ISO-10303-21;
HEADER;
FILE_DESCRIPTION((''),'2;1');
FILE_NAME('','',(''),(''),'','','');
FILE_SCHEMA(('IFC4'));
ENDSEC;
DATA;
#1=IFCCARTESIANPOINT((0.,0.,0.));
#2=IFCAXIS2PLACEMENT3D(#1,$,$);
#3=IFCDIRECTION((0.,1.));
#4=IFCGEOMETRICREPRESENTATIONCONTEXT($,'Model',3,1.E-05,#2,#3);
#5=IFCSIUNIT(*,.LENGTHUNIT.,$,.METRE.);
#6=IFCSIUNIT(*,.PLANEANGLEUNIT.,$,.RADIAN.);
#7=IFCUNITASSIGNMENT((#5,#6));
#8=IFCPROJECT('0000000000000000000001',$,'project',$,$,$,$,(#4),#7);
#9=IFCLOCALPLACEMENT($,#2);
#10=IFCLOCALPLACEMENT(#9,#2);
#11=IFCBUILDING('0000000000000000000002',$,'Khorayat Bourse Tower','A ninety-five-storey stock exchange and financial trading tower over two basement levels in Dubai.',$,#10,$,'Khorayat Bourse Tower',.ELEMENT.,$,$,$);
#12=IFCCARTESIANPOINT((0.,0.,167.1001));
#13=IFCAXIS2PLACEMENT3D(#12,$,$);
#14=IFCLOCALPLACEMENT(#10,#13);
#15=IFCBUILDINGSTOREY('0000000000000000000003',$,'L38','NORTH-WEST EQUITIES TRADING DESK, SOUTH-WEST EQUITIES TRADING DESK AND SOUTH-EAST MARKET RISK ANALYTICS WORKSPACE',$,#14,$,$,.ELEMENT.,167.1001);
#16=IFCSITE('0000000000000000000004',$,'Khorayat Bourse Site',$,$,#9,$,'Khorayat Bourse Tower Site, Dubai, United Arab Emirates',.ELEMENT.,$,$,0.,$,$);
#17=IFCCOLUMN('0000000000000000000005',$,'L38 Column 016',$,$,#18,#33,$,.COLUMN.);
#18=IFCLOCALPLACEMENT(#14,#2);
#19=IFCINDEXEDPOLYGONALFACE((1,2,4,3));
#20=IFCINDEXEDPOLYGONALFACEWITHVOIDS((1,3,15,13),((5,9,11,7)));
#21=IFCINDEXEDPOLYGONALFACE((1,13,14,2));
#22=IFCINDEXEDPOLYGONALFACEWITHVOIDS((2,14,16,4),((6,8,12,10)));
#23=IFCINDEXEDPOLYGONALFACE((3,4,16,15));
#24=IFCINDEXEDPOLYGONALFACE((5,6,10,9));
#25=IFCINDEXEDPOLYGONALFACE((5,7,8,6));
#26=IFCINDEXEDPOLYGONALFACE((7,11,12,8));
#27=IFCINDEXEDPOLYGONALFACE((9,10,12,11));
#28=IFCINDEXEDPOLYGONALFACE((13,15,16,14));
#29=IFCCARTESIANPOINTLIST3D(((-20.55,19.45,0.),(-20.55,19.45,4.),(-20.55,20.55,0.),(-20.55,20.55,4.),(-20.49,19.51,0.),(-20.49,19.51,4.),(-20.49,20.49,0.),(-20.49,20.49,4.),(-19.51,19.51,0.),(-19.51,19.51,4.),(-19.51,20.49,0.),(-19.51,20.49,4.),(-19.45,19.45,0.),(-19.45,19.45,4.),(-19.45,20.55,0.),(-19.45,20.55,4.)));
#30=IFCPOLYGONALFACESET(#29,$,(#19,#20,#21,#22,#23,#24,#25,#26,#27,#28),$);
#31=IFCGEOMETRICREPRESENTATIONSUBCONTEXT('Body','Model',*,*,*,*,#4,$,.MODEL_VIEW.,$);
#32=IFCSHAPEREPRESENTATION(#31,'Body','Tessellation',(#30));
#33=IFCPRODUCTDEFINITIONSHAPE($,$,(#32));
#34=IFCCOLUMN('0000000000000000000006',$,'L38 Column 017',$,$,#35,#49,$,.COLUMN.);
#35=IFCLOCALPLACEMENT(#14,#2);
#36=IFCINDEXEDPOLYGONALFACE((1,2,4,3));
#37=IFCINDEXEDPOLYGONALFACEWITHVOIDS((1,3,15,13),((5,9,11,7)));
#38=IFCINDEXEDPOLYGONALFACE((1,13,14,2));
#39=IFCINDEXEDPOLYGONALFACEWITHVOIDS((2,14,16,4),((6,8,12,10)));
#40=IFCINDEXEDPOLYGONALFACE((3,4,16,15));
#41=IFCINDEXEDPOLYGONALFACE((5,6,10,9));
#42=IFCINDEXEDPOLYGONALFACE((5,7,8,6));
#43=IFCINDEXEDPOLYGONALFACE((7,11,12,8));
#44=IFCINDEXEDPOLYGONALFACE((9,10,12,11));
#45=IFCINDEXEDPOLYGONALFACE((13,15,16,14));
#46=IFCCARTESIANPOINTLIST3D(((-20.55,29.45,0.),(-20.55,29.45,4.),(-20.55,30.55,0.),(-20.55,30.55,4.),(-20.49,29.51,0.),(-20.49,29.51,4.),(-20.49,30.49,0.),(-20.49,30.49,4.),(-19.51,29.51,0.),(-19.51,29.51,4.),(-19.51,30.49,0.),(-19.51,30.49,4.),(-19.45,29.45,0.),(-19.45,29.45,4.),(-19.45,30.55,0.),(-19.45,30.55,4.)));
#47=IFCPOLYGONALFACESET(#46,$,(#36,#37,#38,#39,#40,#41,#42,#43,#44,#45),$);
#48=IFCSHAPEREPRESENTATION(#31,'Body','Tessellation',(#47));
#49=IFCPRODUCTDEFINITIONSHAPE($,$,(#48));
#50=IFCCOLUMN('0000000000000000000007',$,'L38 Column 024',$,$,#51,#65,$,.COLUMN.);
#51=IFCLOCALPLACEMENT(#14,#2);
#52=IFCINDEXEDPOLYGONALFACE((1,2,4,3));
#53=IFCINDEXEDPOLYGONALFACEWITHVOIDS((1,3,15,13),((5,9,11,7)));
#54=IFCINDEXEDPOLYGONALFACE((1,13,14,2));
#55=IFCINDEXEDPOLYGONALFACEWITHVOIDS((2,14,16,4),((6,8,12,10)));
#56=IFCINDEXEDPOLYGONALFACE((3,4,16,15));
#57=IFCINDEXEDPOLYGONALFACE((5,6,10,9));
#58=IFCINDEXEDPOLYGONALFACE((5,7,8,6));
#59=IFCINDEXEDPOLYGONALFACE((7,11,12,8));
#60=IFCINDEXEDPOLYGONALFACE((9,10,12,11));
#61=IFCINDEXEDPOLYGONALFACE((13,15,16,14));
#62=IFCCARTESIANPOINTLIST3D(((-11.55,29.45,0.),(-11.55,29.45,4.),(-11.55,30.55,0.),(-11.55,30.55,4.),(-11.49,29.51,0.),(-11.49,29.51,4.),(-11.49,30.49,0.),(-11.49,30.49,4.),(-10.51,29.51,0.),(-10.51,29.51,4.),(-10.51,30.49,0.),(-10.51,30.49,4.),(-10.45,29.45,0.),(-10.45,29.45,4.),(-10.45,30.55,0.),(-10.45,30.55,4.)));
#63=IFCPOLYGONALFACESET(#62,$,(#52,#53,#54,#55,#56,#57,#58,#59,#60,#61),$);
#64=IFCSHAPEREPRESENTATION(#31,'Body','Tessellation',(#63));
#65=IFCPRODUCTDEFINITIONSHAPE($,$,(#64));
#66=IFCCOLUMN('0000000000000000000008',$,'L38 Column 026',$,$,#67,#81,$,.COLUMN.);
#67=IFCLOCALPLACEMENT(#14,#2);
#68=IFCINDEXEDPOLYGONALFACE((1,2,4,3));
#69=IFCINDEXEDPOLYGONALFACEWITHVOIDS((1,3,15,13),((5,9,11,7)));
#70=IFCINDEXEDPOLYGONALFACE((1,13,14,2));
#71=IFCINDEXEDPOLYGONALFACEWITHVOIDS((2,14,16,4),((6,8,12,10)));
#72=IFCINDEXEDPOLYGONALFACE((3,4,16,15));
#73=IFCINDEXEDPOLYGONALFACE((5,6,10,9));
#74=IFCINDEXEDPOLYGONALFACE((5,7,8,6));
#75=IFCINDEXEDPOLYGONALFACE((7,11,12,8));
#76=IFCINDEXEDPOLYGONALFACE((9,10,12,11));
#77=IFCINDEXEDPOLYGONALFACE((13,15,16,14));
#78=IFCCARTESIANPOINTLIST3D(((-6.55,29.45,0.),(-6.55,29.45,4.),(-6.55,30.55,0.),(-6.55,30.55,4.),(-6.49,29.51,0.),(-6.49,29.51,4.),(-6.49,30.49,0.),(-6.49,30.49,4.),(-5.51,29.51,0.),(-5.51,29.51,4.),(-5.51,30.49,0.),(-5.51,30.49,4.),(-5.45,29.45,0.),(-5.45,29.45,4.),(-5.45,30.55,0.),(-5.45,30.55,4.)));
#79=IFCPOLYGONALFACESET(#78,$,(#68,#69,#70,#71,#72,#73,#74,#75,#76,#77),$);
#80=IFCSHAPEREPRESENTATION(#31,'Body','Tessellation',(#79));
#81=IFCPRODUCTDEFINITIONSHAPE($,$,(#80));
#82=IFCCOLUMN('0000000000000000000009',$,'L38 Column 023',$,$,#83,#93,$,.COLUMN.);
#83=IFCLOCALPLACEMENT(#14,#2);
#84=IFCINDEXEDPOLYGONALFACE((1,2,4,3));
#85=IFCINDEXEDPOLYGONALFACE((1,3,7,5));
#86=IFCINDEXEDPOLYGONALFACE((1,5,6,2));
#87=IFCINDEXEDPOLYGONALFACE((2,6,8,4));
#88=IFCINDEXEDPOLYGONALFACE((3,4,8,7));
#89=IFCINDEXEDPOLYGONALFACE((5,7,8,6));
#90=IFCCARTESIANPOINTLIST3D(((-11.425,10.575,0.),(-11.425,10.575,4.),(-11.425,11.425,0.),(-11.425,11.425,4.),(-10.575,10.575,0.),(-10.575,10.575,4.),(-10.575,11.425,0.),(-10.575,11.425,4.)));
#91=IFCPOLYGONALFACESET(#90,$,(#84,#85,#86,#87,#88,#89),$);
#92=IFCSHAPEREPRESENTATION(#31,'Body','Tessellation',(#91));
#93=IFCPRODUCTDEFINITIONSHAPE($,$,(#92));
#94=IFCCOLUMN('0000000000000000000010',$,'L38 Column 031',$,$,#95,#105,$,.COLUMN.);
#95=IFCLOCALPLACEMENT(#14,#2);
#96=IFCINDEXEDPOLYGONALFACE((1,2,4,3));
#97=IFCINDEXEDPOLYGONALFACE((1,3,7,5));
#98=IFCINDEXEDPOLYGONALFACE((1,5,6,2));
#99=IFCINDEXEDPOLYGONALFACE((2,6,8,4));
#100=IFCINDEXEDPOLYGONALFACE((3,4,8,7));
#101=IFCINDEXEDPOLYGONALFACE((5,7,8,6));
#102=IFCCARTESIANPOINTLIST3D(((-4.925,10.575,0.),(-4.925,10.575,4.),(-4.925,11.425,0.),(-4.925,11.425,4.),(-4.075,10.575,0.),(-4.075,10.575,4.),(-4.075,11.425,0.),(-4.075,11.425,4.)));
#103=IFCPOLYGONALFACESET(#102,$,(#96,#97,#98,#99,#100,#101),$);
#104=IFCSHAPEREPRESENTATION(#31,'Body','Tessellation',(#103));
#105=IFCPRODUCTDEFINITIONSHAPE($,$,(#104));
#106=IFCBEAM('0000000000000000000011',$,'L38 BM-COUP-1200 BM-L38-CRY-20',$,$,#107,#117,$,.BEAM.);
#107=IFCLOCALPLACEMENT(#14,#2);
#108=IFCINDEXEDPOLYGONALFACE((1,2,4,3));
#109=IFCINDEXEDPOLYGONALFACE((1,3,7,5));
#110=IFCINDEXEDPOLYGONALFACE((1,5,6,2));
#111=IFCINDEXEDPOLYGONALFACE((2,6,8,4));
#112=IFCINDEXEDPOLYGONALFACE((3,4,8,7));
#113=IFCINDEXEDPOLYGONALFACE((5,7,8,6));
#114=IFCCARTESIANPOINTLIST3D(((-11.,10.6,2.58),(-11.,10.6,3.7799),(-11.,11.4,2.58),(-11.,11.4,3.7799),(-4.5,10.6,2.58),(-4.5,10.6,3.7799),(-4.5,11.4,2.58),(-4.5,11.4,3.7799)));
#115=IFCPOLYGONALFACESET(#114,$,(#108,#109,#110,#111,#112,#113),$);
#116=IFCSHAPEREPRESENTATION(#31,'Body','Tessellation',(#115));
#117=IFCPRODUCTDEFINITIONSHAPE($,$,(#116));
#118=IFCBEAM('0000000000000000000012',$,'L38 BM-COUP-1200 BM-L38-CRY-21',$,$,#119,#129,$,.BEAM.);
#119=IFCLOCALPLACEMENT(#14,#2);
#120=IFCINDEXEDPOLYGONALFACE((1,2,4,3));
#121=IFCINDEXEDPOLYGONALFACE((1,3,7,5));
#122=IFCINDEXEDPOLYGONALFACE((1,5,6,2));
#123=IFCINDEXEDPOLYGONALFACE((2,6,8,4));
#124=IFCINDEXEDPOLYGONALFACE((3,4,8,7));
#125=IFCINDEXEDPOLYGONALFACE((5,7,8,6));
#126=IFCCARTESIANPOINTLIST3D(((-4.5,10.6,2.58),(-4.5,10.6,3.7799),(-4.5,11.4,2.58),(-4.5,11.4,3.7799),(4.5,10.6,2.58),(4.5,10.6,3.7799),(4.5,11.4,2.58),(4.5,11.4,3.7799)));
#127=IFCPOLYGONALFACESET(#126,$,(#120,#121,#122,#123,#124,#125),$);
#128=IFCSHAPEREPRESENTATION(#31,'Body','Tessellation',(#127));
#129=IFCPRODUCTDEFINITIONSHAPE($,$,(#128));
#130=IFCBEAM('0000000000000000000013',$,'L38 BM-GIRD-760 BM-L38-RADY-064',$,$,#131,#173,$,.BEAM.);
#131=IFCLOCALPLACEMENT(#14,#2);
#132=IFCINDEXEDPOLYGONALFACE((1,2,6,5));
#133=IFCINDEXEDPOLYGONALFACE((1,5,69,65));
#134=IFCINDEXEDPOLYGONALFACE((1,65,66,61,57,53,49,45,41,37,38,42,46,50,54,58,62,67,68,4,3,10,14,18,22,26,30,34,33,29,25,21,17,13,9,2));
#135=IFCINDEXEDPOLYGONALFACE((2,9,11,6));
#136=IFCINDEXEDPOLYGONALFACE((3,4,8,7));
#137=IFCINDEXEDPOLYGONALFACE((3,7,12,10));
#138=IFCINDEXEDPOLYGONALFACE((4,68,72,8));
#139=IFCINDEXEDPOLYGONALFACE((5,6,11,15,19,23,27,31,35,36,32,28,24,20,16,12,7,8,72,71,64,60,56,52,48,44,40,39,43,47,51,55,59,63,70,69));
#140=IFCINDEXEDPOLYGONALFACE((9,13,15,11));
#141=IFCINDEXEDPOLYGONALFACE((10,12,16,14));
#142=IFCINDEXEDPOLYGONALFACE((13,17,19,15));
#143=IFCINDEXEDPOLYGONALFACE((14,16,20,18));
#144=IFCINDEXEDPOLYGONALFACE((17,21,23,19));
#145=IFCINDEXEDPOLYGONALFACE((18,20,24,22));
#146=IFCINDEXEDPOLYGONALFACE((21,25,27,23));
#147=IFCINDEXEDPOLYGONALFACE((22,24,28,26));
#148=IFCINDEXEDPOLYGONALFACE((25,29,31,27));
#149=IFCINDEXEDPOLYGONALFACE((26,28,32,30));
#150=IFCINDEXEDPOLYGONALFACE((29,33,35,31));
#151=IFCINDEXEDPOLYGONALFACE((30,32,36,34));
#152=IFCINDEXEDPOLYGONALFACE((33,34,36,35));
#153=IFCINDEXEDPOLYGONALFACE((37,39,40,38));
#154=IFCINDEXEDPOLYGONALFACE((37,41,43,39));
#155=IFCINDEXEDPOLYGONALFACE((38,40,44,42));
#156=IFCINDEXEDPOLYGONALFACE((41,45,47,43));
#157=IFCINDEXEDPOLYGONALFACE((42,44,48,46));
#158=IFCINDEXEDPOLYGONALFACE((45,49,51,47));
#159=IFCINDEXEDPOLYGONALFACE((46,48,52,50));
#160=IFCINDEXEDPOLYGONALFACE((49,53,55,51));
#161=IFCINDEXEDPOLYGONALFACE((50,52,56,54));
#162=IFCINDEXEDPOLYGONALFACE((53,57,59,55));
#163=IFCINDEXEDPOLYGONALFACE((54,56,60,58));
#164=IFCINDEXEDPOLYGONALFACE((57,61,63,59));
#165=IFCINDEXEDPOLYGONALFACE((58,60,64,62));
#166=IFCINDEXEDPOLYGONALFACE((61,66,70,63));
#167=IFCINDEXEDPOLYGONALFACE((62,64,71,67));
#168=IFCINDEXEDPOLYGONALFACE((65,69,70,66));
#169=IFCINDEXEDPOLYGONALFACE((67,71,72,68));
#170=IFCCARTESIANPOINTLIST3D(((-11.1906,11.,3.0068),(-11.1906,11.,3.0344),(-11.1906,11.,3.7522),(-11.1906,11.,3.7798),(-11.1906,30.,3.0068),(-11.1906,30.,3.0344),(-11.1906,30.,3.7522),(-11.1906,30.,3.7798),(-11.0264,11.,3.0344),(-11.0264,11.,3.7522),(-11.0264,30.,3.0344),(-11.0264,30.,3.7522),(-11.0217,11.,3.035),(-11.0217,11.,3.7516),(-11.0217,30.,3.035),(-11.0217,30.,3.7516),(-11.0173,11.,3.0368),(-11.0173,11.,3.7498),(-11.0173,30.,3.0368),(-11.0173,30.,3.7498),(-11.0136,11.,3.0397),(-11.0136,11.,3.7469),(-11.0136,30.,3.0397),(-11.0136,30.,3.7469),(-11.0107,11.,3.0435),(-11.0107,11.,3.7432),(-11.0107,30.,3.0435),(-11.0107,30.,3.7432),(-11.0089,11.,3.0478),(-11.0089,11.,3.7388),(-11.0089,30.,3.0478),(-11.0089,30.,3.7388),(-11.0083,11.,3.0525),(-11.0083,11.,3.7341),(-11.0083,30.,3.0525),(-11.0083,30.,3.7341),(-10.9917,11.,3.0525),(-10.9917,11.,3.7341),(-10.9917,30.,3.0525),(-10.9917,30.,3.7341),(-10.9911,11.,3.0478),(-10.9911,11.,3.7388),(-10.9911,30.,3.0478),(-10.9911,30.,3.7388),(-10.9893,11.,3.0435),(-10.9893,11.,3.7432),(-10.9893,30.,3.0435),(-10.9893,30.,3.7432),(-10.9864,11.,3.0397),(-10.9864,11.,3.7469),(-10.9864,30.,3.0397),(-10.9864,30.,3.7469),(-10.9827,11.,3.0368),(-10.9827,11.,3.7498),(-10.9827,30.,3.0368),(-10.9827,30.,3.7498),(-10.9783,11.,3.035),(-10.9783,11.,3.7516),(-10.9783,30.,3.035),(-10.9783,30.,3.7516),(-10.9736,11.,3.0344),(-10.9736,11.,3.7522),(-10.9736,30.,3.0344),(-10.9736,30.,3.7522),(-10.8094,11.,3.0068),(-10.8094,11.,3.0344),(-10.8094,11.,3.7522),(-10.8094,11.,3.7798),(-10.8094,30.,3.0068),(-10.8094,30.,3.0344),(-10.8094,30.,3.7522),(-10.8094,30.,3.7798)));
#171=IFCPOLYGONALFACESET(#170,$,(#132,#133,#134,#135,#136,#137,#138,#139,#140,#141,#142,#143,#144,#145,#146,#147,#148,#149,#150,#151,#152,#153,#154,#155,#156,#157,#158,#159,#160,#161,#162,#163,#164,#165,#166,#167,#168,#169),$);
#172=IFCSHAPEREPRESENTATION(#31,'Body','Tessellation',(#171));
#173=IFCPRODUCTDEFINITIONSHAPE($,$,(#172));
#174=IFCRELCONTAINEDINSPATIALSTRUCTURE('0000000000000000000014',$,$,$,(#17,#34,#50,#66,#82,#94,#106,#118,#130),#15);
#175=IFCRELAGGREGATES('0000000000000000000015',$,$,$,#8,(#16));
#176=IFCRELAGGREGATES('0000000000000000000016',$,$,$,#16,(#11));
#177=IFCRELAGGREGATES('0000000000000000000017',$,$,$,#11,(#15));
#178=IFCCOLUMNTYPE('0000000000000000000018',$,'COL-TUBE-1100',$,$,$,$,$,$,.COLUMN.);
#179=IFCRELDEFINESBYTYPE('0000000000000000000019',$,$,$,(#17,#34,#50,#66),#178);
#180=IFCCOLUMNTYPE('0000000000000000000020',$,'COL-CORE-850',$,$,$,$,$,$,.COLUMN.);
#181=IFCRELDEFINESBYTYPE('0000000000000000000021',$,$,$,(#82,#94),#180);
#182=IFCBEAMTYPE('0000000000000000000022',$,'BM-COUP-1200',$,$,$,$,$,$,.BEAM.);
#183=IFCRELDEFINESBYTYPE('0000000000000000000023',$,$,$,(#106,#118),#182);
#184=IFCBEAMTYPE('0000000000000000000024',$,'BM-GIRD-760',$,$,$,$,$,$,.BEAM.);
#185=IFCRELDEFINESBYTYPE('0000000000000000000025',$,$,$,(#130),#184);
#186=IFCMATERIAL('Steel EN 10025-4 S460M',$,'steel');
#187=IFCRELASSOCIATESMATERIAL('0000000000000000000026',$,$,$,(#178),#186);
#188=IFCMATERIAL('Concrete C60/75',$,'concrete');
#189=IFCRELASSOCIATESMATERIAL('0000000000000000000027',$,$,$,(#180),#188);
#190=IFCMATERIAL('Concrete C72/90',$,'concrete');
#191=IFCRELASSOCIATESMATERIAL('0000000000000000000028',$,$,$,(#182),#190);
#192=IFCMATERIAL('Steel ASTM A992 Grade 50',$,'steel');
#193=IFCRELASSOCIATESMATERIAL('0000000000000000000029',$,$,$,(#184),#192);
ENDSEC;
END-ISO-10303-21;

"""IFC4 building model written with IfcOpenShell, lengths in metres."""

from ifc_helpers import new_model, si_unit, direction, frame, origin, origin_2d, place, context, subcontext, project, spatial, rectangle, hollow_rectangle, i_section, extrude, source, transform, mapped, material, material_profile, profile_set, type_object, element, save


model = new_model("IFC4")

# Units and contexts
model_context = context("Model", 3, precision=1e-05, world=origin(), true_north=direction((0.0, 1.0)))
body_context = subcontext(model_context, "Body", "Model", "MODEL_VIEW")
ifc_project = project(units=[si_unit("LENGTHUNIT", "METRE"), si_unit("PLANEANGLEUNIT", "RADIAN")], contexts=[model_context])

# Site, building, storey
site_placement = place(None, origin())
site = spatial("IfcSite", under=ifc_project, at=site_placement, Name="Khorayat Bourse Site", LongName="Khorayat Bourse Tower Site, Dubai, United Arab Emirates", CompositionType="ELEMENT", RefElevation=0.0)
building_placement = place(site_placement, origin())
building = spatial("IfcBuilding", under=site, at=building_placement, Name="Khorayat Bourse Tower", Description="A ninety-five-storey stock exchange and financial trading tower over two basement levels in Dubai.", LongName="Khorayat Bourse Tower", CompositionType="ELEMENT")
storey_placement = place(building_placement, frame((0.0, 0.0, 167.1001)))
storey = spatial("IfcBuildingStorey", under=building, at=storey_placement, Name="L38", Description="NORTH-WEST EQUITIES TRADING DESK, SOUTH-WEST EQUITIES TRADING DESK AND SOUTH-EAST MARKET RISK ANALYTICS WORKSPACE", CompositionType="ELEMENT", Elevation=167.1001)

# Columns
ifc_material_1 = material(Name="Steel EN 10025-4 S460M", Category="steel")
ifc_material_profile_1 = material_profile(ifc_material_1, hollow_rectangle(XDim=1.1001, YDim=1.1001, WallThickness=0.0601, at=origin_2d()), Name="BOX 1100x1100x60")
ifc_profile_set_1 = profile_set([ifc_material_profile_1], Name="Steel EN 10025-4 S460M")
column_type_1 = type_object("IfcColumnType", Name="COL-TUBE-1100", PredefinedType="COLUMN", material=ifc_profile_set_1)
shared_shape_1 = source(origin(), body_context, "Body", "SweptSolid", [
    extrude(hollow_rectangle(XDim=1.1001, YDim=1.1001, WallThickness=0.0601, at=origin_2d()), origin(), (0.0, 0.0, 1.0), 4.0),
])
for number, where, z_axis, x_axis, name in (
    (1, (-20.0, 20.0, 0.0), (0.0, 0.0, 1.0), (1.0, 0.0, 0.0), "L38 Column 016"),
    (2, (-20.0, 30.0, 0.0), (0.0, 0.0, 1.0), (1.0, 0.0, 0.0), "L38 Column 017"),
    (3, (-11.0, 30.0, 0.0), (0.0, 0.0, 1.0), (1.0, 0.0, 0.0), "L38 Column 024"),
    (4, (-6.0, 30.0, 0.0), (0.0, 0.0, 1.0), (1.0, 0.0, 0.0), "L38 Column 026"),
):
    element("IfcColumn", number, at=place(storey_placement, frame(where, z_axis=z_axis, x_axis=x_axis)), inside=storey, type_object=column_type_1, Name=name, PredefinedType="COLUMN", context=body_context, shape_type="MappedRepresentation", body=[
        mapped(shared_shape_1, transform((0.0, 0.0, 0.0), scale=1.0)),
    ])
ifc_material_2 = material(Name="Concrete C60/75", Category="concrete")
ifc_material_profile_2 = material_profile(ifc_material_2, rectangle(XDim=0.8501, YDim=0.8501, at=origin_2d()), Name="RC 850x850")
ifc_profile_set_2 = profile_set([ifc_material_profile_2], Name="Concrete C60/75")
column_type_2 = type_object("IfcColumnType", Name="COL-CORE-850", PredefinedType="COLUMN", material=ifc_profile_set_2)
shared_shape_2 = source(origin(), body_context, "Body", "SweptSolid", [
    extrude(rectangle(XDim=0.8501, YDim=0.8501, at=origin_2d()), origin(), (0.0, 0.0, 1.0), 4.0),
])
for number, where, z_axis, x_axis, name in (
    (5, (-11.0, 11.0, 0.0), (0.0, 0.0, 1.0), (1.0, 0.0, 0.0), "L38 Column 023"),
    (6, (-4.5, 11.0, 0.0), (0.0, 0.0, 1.0), (1.0, 0.0, 0.0), "L38 Column 031"),
):
    element("IfcColumn", number, at=place(storey_placement, frame(where, z_axis=z_axis, x_axis=x_axis)), inside=storey, type_object=column_type_2, Name=name, PredefinedType="COLUMN", context=body_context, shape_type="MappedRepresentation", body=[
        mapped(shared_shape_2, transform((0.0, 0.0, 0.0), scale=1.0)),
    ])

# Beams
ifc_material_3 = material(Name="Concrete C72/90", Category="concrete")
ifc_material_profile_3 = material_profile(ifc_material_3, rectangle(XDim=0.8, YDim=1.2, at=origin_2d()), Name="RC 800x1200")
ifc_profile_set_3 = profile_set([ifc_material_profile_3], Name="Concrete C72/90")
beam_type_1 = type_object("IfcBeamType", Name="BM-COUP-1200", PredefinedType="BEAM", material=ifc_profile_set_3)
shared_shape_3 = source(origin(), body_context, "Body", "SweptSolid", [
    extrude(rectangle(XDim=0.8, YDim=1.2, at=origin_2d()), origin(), (0.0, 0.0, 1.0), 6.5),
])
beam_1_placement = place(storey_placement, frame((-11.0, 11.0, 3.1799), z_axis=(1.0, 0.0, 0.0), x_axis=(0.0, 1.0, 0.0)))
element("IfcBeam", 7, at=beam_1_placement, inside=storey, type_object=beam_type_1, Name="L38 BM-COUP-1200 BM-L38-CRY-20", PredefinedType="BEAM", context=body_context, shape_type="MappedRepresentation", body=[
    mapped(shared_shape_3, transform((0.0, 0.0, 0.0), scale=1.0)),
])
shared_shape_4 = source(origin(), body_context, "Body", "SweptSolid", [
    extrude(rectangle(XDim=0.8, YDim=1.2, at=origin_2d()), origin(), (0.0, 0.0, 1.0), 9.0),
])
beam_2_placement = place(storey_placement, frame((-4.5, 11.0, 3.1799), z_axis=(1.0, 0.0, 0.0), x_axis=(0.0, 1.0, 0.0)))
element("IfcBeam", 8, at=beam_2_placement, inside=storey, type_object=beam_type_1, Name="L38 BM-COUP-1200 BM-L38-CRY-21", PredefinedType="BEAM", context=body_context, shape_type="MappedRepresentation", body=[
    mapped(shared_shape_4, transform((0.0, 0.0, 0.0), scale=1.0)),
])
ifc_material_4 = material(Name="Steel ASTM A992 Grade 50", Category="steel")
ifc_material_profile_4 = material_profile(ifc_material_4, i_section(OverallWidth=0.3811, OverallDepth=0.7729, WebThickness=0.0166, FlangeThickness=0.0276, FilletRadius=0.0181, at=origin_2d()), Name="W760X257")
ifc_profile_set_4 = profile_set([ifc_material_profile_4], Name="Steel ASTM A992 Grade 50")
beam_type_2 = type_object("IfcBeamType", Name="BM-GIRD-760", PredefinedType="BEAM", material=ifc_profile_set_4)
shared_shape_5 = source(origin(), body_context, "Body", "SweptSolid", [
    extrude(i_section(OverallWidth=0.3811, OverallDepth=0.7729, WebThickness=0.0166, FlangeThickness=0.0276, FilletRadius=0.0181, at=origin_2d()), origin(), (0.0, 0.0, 1.0), 19.0),
])
for number, where, z_axis, x_axis, name in (
    (9, (-11.0, 11.0, 3.3933), (0.0, 1.0, 0.0), (-1.0, 0.0, 0.0), "L38 BM-GIRD-760 BM-L38-RADY-064"),
):
    element("IfcBeam", number, at=place(storey_placement, frame(where, z_axis=z_axis, x_axis=x_axis)), inside=storey, type_object=beam_type_2, Name=name, PredefinedType="BEAM", context=body_context, shape_type="MappedRepresentation", body=[
        mapped(shared_shape_5, transform((0.0, 0.0, 0.0), scale=1.0)),
    ])

save(model, "model.ifc")
